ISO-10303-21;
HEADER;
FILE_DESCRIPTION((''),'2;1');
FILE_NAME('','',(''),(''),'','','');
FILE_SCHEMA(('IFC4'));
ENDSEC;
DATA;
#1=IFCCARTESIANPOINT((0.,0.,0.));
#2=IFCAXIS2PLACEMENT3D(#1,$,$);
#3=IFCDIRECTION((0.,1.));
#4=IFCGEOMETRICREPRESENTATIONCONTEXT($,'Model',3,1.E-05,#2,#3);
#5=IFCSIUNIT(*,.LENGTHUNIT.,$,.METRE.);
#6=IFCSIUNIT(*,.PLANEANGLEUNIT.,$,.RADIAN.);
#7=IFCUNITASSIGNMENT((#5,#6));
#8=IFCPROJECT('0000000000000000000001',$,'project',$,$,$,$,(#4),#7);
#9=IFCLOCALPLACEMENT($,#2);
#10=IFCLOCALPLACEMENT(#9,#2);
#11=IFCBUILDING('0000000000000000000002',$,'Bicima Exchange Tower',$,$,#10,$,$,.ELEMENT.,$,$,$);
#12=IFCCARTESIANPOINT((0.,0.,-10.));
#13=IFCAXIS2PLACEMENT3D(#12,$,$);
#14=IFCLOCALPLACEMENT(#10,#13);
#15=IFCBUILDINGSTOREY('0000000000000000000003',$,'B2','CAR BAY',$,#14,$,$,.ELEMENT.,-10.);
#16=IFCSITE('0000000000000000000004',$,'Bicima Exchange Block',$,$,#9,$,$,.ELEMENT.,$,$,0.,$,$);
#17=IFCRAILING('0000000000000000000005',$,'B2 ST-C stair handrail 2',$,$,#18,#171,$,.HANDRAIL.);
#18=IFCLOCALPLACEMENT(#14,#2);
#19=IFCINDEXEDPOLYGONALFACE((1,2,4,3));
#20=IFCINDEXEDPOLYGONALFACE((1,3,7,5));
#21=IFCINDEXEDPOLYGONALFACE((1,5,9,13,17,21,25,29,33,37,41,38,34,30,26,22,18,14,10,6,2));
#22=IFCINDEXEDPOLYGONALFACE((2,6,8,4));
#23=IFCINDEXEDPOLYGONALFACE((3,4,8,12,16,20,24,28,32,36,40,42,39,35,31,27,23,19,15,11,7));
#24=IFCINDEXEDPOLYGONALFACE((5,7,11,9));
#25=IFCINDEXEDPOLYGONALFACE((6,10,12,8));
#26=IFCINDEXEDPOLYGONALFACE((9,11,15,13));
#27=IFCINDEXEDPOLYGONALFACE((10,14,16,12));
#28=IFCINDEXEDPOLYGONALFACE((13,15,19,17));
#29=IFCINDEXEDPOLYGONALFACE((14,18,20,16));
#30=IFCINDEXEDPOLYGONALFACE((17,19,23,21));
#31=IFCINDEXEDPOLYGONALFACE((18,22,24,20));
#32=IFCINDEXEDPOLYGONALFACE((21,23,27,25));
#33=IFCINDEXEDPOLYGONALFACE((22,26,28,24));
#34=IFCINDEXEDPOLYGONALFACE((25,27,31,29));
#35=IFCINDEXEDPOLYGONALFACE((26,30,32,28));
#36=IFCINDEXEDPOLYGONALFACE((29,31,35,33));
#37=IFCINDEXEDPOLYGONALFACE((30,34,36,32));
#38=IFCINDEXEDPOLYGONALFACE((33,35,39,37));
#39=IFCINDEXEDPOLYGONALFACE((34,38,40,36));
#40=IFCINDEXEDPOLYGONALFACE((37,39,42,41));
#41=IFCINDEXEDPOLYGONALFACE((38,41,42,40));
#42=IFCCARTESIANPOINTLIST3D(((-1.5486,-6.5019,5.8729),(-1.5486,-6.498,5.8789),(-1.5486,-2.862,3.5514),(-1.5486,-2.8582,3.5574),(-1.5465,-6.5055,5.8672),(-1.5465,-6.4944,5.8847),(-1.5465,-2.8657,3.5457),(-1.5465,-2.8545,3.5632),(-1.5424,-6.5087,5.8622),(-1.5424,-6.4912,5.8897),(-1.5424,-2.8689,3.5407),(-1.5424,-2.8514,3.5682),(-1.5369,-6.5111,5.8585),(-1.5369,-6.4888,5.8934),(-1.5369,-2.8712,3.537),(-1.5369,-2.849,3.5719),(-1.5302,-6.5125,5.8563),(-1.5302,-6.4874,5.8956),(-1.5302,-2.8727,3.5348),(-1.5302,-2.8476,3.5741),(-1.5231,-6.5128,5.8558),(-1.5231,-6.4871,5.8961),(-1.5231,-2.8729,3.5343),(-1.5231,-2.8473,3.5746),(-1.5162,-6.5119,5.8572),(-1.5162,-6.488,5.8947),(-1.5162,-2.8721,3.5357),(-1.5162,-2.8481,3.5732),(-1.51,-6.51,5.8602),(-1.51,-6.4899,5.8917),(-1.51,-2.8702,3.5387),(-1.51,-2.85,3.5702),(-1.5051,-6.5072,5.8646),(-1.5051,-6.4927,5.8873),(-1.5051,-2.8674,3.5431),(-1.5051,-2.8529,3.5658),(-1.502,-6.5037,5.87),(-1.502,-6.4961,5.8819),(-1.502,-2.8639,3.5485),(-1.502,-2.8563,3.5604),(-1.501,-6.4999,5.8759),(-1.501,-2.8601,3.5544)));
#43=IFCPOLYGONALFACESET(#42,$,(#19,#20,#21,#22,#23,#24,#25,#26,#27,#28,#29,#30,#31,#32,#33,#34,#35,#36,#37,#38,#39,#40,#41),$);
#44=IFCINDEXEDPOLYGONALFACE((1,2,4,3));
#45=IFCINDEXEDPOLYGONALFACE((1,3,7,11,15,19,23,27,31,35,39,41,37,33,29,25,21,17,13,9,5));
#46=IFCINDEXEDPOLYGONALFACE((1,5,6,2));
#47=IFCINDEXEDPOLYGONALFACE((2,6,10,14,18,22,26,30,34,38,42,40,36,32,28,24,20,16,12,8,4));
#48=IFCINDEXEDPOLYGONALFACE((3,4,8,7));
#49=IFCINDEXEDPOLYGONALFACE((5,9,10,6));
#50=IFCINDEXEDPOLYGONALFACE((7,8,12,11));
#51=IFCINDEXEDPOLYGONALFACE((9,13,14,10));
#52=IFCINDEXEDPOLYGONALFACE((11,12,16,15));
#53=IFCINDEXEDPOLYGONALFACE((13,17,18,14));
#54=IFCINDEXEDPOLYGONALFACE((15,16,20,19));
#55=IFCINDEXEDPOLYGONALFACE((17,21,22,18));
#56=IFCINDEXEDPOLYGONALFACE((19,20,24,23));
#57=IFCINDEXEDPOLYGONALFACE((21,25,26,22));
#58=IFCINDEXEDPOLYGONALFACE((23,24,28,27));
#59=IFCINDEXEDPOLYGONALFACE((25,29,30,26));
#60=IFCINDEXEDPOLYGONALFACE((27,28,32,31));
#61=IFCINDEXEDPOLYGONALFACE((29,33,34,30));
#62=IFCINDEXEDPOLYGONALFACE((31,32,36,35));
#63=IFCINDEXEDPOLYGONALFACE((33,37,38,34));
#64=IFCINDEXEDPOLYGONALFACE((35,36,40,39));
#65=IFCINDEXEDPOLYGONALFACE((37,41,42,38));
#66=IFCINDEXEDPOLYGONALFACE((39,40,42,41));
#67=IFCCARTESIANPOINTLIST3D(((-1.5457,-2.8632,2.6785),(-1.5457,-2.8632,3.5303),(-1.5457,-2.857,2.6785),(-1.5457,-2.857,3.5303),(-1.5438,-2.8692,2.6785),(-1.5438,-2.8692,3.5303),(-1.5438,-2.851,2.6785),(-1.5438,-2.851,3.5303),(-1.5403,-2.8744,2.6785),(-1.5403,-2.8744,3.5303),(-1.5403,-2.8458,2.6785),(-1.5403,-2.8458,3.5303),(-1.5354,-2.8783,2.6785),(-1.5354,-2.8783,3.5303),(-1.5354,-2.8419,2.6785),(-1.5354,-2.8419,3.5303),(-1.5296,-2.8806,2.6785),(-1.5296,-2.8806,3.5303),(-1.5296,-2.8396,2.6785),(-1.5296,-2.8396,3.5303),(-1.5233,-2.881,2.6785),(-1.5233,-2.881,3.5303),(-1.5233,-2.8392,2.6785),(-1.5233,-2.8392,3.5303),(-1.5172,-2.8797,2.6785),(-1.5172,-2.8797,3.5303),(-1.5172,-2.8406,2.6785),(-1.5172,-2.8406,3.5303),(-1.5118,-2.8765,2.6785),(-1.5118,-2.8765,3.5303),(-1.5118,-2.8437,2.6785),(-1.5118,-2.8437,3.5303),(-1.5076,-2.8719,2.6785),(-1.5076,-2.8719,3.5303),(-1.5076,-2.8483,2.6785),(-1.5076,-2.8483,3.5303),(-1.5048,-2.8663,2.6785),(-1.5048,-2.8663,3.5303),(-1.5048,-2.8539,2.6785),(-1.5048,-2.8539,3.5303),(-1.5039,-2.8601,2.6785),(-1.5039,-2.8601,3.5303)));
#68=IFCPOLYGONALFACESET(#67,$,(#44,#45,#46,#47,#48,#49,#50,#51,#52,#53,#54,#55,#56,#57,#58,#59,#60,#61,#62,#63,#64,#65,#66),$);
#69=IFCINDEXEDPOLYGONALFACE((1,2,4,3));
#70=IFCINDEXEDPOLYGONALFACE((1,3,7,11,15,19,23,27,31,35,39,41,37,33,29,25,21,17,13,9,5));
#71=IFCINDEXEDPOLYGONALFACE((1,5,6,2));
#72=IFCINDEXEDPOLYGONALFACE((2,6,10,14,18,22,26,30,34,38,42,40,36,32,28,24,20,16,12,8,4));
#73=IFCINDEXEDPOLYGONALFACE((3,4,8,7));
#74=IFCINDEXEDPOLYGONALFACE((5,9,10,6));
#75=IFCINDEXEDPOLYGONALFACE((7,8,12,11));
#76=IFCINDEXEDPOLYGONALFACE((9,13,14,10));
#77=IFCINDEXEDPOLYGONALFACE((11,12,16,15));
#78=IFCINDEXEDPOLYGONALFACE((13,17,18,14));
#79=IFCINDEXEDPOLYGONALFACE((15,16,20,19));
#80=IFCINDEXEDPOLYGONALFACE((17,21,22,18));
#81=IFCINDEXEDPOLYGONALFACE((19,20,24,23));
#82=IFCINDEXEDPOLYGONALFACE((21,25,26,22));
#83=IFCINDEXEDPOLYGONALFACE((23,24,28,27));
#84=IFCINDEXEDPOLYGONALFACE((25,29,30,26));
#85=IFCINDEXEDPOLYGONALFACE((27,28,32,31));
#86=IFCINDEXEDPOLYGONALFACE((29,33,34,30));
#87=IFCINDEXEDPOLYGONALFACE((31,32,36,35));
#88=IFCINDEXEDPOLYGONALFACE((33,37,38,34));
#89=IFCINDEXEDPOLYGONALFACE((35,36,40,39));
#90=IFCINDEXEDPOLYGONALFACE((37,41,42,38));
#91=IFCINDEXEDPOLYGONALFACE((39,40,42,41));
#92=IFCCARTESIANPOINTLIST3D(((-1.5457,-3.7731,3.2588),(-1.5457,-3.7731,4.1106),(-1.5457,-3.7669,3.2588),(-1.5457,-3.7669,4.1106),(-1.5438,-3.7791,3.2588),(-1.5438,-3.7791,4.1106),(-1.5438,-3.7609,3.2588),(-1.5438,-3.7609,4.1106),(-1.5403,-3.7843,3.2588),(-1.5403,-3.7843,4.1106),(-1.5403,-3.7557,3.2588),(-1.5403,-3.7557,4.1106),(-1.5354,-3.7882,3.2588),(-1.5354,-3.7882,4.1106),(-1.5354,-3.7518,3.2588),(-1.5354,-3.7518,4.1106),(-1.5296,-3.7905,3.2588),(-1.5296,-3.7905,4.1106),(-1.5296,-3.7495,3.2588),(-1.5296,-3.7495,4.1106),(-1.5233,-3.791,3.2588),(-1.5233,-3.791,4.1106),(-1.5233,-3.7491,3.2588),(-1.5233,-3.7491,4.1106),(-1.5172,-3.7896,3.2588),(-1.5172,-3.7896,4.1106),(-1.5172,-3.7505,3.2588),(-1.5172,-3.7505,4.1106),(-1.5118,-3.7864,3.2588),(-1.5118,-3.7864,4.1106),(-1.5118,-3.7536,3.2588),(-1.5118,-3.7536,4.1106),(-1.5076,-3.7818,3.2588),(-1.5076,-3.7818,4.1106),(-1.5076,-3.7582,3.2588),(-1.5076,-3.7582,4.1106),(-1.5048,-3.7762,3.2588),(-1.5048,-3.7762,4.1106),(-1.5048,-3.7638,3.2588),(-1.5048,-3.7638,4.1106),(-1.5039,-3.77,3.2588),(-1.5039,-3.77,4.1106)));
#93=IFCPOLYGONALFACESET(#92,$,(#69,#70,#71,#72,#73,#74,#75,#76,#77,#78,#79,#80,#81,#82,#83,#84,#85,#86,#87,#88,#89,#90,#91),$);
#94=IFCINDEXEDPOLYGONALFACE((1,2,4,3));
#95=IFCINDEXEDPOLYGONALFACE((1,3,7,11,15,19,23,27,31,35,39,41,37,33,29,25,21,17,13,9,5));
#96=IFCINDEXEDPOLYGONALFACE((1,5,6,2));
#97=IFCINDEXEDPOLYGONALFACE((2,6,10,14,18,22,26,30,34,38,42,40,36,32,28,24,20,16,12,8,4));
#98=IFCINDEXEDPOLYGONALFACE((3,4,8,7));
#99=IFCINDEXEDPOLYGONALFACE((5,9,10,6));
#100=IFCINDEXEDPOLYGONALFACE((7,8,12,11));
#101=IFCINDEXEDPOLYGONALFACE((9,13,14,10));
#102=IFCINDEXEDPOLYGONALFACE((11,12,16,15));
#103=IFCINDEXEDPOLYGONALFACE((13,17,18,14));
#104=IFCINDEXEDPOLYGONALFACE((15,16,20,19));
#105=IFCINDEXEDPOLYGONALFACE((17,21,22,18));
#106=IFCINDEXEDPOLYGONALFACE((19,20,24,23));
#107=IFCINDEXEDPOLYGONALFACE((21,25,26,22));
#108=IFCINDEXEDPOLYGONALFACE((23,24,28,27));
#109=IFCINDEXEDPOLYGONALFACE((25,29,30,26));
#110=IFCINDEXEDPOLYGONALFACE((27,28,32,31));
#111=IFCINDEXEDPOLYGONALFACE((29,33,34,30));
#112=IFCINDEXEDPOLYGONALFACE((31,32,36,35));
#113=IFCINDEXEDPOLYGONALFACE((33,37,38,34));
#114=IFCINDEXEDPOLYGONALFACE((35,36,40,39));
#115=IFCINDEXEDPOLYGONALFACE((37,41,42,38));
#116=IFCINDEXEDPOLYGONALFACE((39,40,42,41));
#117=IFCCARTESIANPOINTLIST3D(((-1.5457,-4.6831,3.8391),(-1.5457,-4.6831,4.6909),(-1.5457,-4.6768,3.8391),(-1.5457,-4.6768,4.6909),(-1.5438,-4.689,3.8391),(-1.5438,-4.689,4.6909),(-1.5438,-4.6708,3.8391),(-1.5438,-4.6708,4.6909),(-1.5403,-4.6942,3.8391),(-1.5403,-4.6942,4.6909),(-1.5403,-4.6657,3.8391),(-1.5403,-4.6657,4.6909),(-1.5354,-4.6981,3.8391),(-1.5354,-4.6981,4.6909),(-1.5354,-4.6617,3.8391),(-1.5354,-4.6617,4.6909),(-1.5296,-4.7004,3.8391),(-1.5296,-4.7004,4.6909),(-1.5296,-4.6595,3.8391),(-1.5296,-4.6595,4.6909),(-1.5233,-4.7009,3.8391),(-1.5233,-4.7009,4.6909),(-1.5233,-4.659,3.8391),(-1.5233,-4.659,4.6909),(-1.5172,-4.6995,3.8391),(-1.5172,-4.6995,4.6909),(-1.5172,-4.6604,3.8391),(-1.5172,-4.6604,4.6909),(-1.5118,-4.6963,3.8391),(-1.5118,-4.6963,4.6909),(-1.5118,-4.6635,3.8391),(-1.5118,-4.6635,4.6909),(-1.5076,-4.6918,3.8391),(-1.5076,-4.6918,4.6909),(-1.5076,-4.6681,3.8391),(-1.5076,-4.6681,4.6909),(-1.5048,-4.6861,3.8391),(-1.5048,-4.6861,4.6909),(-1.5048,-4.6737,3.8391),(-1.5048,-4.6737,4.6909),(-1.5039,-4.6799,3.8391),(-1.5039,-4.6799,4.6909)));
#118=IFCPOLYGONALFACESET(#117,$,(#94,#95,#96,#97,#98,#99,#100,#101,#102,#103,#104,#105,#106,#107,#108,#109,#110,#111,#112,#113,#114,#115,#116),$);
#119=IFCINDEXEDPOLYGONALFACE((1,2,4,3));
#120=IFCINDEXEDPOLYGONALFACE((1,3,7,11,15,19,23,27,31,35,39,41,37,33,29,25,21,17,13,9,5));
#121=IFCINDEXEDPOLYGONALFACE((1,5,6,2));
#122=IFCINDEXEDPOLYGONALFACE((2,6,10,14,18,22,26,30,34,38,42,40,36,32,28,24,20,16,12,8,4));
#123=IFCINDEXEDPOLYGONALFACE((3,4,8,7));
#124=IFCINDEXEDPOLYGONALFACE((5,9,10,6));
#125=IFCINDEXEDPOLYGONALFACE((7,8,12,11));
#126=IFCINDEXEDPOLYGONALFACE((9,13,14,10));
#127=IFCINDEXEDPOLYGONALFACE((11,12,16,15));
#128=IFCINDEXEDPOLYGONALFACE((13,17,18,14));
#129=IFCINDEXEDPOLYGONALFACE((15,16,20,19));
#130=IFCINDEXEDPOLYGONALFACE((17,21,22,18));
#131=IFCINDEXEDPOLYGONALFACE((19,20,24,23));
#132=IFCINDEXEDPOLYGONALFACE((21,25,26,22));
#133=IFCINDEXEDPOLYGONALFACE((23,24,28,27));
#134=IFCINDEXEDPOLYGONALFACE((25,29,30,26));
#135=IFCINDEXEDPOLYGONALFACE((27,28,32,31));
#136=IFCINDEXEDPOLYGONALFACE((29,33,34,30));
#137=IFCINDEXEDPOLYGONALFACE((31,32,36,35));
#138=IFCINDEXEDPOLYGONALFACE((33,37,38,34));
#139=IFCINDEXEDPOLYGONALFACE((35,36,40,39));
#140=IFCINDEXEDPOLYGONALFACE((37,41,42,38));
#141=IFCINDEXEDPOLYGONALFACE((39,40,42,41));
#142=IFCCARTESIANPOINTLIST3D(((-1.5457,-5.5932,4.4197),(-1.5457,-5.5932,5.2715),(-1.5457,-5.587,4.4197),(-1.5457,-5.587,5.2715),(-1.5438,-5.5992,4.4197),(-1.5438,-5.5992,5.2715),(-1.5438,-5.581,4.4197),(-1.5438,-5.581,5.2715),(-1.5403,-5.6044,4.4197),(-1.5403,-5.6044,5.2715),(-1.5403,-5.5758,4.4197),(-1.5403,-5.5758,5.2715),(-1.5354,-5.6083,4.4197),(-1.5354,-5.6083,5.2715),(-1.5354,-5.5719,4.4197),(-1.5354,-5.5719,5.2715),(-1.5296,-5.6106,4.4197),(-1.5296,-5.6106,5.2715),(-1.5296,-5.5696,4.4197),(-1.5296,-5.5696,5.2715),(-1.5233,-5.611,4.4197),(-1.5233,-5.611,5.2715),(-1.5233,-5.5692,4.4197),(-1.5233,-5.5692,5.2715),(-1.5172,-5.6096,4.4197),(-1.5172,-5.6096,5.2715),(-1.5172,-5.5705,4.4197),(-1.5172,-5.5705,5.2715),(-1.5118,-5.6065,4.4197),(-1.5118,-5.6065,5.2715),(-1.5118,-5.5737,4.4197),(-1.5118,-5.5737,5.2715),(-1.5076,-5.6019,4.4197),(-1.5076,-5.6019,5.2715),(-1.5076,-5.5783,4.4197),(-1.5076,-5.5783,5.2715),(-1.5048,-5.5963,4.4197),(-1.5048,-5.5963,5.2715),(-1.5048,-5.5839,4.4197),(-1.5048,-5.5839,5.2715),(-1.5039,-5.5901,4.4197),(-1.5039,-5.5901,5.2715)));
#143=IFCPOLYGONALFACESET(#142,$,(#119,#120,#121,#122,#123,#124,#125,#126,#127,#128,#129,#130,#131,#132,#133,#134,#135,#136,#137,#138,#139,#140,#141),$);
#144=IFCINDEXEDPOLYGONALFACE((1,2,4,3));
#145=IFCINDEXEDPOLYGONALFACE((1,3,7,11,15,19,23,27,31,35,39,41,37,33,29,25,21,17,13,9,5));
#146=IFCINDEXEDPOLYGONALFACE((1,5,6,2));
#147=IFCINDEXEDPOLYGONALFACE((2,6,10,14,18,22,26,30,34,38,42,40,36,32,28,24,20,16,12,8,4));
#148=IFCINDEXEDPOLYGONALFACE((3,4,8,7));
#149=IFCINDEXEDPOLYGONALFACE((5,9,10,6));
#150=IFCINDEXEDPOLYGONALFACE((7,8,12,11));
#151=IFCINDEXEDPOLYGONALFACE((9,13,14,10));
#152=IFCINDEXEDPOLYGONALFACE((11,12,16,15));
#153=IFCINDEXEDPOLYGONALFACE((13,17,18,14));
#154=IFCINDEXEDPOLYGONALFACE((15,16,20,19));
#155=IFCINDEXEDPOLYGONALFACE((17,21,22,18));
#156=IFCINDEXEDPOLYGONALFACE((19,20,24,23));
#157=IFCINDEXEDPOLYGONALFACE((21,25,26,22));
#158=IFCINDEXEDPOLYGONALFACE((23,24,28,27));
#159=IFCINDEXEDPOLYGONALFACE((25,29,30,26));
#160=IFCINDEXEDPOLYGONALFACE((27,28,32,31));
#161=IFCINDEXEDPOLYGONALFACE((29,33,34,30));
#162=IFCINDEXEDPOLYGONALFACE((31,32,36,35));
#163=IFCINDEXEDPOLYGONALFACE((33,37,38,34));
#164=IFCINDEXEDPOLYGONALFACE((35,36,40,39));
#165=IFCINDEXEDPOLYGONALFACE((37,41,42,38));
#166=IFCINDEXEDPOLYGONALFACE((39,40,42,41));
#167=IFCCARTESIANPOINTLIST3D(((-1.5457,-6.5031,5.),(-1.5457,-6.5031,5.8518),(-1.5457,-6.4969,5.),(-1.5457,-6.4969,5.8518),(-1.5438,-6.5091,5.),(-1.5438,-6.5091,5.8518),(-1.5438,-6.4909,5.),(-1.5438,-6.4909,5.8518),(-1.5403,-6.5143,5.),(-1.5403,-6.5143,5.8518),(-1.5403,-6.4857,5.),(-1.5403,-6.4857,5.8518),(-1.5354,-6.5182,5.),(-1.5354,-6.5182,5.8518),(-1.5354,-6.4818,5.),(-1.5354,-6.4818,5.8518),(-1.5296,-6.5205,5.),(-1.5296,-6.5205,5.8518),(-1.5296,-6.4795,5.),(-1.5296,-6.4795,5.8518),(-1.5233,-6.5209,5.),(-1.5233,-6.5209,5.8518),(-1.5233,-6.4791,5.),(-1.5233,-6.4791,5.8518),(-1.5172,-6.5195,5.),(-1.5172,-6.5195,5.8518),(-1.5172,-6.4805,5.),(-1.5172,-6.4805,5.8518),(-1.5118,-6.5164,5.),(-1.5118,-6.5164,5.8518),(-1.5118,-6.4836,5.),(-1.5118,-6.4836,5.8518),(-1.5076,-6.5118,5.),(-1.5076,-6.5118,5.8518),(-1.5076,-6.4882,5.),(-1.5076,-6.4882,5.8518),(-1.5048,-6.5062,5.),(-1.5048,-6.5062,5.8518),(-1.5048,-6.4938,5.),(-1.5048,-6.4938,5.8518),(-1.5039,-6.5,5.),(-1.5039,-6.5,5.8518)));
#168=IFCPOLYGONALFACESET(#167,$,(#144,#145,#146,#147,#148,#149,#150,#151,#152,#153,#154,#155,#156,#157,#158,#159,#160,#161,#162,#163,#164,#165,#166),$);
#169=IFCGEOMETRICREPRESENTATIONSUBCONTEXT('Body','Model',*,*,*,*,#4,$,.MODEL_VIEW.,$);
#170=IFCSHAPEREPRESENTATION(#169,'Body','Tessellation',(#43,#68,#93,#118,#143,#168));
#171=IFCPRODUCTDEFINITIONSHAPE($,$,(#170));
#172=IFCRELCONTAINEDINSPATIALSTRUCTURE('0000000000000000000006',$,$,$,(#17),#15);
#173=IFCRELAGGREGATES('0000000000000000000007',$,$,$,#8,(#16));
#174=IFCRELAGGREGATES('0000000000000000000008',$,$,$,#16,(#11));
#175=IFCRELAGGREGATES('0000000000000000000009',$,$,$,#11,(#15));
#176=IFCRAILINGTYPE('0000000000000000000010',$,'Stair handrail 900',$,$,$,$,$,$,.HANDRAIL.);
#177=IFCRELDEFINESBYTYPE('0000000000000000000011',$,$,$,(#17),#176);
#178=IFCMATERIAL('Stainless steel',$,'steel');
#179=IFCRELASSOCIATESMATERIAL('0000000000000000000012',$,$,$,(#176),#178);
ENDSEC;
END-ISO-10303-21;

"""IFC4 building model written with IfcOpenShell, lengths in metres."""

from ifc_helpers import new_model, si_unit, direction, frame, origin, origin_2d, place, context, subcontext, project, spatial, circle, extrude, material, type_object, element, save


model = new_model("IFC4")

# Units and contexts
model_context = context("Model", 3, precision=1e-05, world=origin(), true_north=direction((0.0, 1.0)))
body_context = subcontext(model_context, "Body", "Model", "MODEL_VIEW")
ifc_project = project(units=[si_unit("LENGTHUNIT", "METRE"), si_unit("PLANEANGLEUNIT", "RADIAN")], contexts=[model_context])

# Site, building, storey
site_placement = place(None, origin())
site = spatial("IfcSite", under=ifc_project, at=site_placement, Name="Bicima Exchange Block", CompositionType="ELEMENT", RefElevation=0.0)
building_placement = place(site_placement, origin())
building = spatial("IfcBuilding", under=site, at=building_placement, Name="Bicima Exchange Tower", CompositionType="ELEMENT")
storey_placement = place(building_placement, frame((0.0, 0.0, -10.0)))
storey = spatial("IfcBuildingStorey", under=building, at=storey_placement, Name="B2", Description="CAR BAY", CompositionType="ELEMENT", Elevation=-10.0)

# Shared definitions
ifc_material_1 = material(Name="Stainless steel", Category="steel")

# Railing
railing_type = type_object("IfcRailingType", Name="Stair handrail 900", PredefinedType="HANDRAIL", material=ifc_material_1)
railing_1_placement = place(storey_placement, frame((-1.5249, -2.8601, 2.6785)))
element("IfcRailing", 1, at=railing_1_placement, inside=storey, type_object=railing_type, Name="B2 ST-C stair handrail 2", PredefinedType="HANDRAIL", context=body_context, shape_type="SweptSolid", body=[
    extrude(circle(Radius=0.0239, at=origin_2d()), frame((0.0, 0.0, 0.876), z_axis=(0.0, -0.843112, 0.537739), x_axis=(1.0, 0.0, 0.0)), (0.0, 0.0, 1.0), 4.3171),
    extrude(circle(Radius=0.021, at=origin_2d()), origin(), (0.0, 0.0, 1.0), 0.8518),
    extrude(circle(Radius=0.021, at=origin_2d()), frame((0.0, -0.9099, 0.5803)), (0.0, 0.0, 1.0), 0.8518),
    extrude(circle(Radius=0.021, at=origin_2d()), frame((0.0, -1.8198, 1.1606)), (0.0, 0.0, 1.0), 0.8518),
    extrude(circle(Radius=0.021, at=origin_2d()), frame((0.0, -2.73, 1.7412)), (0.0, 0.0, 1.0), 0.8518),
    extrude(circle(Radius=0.021, at=origin_2d()), frame((0.0, -3.6399, 2.3215)), (0.0, 0.0, 1.0), 0.8518),
])

save(model, "model.ifc")
